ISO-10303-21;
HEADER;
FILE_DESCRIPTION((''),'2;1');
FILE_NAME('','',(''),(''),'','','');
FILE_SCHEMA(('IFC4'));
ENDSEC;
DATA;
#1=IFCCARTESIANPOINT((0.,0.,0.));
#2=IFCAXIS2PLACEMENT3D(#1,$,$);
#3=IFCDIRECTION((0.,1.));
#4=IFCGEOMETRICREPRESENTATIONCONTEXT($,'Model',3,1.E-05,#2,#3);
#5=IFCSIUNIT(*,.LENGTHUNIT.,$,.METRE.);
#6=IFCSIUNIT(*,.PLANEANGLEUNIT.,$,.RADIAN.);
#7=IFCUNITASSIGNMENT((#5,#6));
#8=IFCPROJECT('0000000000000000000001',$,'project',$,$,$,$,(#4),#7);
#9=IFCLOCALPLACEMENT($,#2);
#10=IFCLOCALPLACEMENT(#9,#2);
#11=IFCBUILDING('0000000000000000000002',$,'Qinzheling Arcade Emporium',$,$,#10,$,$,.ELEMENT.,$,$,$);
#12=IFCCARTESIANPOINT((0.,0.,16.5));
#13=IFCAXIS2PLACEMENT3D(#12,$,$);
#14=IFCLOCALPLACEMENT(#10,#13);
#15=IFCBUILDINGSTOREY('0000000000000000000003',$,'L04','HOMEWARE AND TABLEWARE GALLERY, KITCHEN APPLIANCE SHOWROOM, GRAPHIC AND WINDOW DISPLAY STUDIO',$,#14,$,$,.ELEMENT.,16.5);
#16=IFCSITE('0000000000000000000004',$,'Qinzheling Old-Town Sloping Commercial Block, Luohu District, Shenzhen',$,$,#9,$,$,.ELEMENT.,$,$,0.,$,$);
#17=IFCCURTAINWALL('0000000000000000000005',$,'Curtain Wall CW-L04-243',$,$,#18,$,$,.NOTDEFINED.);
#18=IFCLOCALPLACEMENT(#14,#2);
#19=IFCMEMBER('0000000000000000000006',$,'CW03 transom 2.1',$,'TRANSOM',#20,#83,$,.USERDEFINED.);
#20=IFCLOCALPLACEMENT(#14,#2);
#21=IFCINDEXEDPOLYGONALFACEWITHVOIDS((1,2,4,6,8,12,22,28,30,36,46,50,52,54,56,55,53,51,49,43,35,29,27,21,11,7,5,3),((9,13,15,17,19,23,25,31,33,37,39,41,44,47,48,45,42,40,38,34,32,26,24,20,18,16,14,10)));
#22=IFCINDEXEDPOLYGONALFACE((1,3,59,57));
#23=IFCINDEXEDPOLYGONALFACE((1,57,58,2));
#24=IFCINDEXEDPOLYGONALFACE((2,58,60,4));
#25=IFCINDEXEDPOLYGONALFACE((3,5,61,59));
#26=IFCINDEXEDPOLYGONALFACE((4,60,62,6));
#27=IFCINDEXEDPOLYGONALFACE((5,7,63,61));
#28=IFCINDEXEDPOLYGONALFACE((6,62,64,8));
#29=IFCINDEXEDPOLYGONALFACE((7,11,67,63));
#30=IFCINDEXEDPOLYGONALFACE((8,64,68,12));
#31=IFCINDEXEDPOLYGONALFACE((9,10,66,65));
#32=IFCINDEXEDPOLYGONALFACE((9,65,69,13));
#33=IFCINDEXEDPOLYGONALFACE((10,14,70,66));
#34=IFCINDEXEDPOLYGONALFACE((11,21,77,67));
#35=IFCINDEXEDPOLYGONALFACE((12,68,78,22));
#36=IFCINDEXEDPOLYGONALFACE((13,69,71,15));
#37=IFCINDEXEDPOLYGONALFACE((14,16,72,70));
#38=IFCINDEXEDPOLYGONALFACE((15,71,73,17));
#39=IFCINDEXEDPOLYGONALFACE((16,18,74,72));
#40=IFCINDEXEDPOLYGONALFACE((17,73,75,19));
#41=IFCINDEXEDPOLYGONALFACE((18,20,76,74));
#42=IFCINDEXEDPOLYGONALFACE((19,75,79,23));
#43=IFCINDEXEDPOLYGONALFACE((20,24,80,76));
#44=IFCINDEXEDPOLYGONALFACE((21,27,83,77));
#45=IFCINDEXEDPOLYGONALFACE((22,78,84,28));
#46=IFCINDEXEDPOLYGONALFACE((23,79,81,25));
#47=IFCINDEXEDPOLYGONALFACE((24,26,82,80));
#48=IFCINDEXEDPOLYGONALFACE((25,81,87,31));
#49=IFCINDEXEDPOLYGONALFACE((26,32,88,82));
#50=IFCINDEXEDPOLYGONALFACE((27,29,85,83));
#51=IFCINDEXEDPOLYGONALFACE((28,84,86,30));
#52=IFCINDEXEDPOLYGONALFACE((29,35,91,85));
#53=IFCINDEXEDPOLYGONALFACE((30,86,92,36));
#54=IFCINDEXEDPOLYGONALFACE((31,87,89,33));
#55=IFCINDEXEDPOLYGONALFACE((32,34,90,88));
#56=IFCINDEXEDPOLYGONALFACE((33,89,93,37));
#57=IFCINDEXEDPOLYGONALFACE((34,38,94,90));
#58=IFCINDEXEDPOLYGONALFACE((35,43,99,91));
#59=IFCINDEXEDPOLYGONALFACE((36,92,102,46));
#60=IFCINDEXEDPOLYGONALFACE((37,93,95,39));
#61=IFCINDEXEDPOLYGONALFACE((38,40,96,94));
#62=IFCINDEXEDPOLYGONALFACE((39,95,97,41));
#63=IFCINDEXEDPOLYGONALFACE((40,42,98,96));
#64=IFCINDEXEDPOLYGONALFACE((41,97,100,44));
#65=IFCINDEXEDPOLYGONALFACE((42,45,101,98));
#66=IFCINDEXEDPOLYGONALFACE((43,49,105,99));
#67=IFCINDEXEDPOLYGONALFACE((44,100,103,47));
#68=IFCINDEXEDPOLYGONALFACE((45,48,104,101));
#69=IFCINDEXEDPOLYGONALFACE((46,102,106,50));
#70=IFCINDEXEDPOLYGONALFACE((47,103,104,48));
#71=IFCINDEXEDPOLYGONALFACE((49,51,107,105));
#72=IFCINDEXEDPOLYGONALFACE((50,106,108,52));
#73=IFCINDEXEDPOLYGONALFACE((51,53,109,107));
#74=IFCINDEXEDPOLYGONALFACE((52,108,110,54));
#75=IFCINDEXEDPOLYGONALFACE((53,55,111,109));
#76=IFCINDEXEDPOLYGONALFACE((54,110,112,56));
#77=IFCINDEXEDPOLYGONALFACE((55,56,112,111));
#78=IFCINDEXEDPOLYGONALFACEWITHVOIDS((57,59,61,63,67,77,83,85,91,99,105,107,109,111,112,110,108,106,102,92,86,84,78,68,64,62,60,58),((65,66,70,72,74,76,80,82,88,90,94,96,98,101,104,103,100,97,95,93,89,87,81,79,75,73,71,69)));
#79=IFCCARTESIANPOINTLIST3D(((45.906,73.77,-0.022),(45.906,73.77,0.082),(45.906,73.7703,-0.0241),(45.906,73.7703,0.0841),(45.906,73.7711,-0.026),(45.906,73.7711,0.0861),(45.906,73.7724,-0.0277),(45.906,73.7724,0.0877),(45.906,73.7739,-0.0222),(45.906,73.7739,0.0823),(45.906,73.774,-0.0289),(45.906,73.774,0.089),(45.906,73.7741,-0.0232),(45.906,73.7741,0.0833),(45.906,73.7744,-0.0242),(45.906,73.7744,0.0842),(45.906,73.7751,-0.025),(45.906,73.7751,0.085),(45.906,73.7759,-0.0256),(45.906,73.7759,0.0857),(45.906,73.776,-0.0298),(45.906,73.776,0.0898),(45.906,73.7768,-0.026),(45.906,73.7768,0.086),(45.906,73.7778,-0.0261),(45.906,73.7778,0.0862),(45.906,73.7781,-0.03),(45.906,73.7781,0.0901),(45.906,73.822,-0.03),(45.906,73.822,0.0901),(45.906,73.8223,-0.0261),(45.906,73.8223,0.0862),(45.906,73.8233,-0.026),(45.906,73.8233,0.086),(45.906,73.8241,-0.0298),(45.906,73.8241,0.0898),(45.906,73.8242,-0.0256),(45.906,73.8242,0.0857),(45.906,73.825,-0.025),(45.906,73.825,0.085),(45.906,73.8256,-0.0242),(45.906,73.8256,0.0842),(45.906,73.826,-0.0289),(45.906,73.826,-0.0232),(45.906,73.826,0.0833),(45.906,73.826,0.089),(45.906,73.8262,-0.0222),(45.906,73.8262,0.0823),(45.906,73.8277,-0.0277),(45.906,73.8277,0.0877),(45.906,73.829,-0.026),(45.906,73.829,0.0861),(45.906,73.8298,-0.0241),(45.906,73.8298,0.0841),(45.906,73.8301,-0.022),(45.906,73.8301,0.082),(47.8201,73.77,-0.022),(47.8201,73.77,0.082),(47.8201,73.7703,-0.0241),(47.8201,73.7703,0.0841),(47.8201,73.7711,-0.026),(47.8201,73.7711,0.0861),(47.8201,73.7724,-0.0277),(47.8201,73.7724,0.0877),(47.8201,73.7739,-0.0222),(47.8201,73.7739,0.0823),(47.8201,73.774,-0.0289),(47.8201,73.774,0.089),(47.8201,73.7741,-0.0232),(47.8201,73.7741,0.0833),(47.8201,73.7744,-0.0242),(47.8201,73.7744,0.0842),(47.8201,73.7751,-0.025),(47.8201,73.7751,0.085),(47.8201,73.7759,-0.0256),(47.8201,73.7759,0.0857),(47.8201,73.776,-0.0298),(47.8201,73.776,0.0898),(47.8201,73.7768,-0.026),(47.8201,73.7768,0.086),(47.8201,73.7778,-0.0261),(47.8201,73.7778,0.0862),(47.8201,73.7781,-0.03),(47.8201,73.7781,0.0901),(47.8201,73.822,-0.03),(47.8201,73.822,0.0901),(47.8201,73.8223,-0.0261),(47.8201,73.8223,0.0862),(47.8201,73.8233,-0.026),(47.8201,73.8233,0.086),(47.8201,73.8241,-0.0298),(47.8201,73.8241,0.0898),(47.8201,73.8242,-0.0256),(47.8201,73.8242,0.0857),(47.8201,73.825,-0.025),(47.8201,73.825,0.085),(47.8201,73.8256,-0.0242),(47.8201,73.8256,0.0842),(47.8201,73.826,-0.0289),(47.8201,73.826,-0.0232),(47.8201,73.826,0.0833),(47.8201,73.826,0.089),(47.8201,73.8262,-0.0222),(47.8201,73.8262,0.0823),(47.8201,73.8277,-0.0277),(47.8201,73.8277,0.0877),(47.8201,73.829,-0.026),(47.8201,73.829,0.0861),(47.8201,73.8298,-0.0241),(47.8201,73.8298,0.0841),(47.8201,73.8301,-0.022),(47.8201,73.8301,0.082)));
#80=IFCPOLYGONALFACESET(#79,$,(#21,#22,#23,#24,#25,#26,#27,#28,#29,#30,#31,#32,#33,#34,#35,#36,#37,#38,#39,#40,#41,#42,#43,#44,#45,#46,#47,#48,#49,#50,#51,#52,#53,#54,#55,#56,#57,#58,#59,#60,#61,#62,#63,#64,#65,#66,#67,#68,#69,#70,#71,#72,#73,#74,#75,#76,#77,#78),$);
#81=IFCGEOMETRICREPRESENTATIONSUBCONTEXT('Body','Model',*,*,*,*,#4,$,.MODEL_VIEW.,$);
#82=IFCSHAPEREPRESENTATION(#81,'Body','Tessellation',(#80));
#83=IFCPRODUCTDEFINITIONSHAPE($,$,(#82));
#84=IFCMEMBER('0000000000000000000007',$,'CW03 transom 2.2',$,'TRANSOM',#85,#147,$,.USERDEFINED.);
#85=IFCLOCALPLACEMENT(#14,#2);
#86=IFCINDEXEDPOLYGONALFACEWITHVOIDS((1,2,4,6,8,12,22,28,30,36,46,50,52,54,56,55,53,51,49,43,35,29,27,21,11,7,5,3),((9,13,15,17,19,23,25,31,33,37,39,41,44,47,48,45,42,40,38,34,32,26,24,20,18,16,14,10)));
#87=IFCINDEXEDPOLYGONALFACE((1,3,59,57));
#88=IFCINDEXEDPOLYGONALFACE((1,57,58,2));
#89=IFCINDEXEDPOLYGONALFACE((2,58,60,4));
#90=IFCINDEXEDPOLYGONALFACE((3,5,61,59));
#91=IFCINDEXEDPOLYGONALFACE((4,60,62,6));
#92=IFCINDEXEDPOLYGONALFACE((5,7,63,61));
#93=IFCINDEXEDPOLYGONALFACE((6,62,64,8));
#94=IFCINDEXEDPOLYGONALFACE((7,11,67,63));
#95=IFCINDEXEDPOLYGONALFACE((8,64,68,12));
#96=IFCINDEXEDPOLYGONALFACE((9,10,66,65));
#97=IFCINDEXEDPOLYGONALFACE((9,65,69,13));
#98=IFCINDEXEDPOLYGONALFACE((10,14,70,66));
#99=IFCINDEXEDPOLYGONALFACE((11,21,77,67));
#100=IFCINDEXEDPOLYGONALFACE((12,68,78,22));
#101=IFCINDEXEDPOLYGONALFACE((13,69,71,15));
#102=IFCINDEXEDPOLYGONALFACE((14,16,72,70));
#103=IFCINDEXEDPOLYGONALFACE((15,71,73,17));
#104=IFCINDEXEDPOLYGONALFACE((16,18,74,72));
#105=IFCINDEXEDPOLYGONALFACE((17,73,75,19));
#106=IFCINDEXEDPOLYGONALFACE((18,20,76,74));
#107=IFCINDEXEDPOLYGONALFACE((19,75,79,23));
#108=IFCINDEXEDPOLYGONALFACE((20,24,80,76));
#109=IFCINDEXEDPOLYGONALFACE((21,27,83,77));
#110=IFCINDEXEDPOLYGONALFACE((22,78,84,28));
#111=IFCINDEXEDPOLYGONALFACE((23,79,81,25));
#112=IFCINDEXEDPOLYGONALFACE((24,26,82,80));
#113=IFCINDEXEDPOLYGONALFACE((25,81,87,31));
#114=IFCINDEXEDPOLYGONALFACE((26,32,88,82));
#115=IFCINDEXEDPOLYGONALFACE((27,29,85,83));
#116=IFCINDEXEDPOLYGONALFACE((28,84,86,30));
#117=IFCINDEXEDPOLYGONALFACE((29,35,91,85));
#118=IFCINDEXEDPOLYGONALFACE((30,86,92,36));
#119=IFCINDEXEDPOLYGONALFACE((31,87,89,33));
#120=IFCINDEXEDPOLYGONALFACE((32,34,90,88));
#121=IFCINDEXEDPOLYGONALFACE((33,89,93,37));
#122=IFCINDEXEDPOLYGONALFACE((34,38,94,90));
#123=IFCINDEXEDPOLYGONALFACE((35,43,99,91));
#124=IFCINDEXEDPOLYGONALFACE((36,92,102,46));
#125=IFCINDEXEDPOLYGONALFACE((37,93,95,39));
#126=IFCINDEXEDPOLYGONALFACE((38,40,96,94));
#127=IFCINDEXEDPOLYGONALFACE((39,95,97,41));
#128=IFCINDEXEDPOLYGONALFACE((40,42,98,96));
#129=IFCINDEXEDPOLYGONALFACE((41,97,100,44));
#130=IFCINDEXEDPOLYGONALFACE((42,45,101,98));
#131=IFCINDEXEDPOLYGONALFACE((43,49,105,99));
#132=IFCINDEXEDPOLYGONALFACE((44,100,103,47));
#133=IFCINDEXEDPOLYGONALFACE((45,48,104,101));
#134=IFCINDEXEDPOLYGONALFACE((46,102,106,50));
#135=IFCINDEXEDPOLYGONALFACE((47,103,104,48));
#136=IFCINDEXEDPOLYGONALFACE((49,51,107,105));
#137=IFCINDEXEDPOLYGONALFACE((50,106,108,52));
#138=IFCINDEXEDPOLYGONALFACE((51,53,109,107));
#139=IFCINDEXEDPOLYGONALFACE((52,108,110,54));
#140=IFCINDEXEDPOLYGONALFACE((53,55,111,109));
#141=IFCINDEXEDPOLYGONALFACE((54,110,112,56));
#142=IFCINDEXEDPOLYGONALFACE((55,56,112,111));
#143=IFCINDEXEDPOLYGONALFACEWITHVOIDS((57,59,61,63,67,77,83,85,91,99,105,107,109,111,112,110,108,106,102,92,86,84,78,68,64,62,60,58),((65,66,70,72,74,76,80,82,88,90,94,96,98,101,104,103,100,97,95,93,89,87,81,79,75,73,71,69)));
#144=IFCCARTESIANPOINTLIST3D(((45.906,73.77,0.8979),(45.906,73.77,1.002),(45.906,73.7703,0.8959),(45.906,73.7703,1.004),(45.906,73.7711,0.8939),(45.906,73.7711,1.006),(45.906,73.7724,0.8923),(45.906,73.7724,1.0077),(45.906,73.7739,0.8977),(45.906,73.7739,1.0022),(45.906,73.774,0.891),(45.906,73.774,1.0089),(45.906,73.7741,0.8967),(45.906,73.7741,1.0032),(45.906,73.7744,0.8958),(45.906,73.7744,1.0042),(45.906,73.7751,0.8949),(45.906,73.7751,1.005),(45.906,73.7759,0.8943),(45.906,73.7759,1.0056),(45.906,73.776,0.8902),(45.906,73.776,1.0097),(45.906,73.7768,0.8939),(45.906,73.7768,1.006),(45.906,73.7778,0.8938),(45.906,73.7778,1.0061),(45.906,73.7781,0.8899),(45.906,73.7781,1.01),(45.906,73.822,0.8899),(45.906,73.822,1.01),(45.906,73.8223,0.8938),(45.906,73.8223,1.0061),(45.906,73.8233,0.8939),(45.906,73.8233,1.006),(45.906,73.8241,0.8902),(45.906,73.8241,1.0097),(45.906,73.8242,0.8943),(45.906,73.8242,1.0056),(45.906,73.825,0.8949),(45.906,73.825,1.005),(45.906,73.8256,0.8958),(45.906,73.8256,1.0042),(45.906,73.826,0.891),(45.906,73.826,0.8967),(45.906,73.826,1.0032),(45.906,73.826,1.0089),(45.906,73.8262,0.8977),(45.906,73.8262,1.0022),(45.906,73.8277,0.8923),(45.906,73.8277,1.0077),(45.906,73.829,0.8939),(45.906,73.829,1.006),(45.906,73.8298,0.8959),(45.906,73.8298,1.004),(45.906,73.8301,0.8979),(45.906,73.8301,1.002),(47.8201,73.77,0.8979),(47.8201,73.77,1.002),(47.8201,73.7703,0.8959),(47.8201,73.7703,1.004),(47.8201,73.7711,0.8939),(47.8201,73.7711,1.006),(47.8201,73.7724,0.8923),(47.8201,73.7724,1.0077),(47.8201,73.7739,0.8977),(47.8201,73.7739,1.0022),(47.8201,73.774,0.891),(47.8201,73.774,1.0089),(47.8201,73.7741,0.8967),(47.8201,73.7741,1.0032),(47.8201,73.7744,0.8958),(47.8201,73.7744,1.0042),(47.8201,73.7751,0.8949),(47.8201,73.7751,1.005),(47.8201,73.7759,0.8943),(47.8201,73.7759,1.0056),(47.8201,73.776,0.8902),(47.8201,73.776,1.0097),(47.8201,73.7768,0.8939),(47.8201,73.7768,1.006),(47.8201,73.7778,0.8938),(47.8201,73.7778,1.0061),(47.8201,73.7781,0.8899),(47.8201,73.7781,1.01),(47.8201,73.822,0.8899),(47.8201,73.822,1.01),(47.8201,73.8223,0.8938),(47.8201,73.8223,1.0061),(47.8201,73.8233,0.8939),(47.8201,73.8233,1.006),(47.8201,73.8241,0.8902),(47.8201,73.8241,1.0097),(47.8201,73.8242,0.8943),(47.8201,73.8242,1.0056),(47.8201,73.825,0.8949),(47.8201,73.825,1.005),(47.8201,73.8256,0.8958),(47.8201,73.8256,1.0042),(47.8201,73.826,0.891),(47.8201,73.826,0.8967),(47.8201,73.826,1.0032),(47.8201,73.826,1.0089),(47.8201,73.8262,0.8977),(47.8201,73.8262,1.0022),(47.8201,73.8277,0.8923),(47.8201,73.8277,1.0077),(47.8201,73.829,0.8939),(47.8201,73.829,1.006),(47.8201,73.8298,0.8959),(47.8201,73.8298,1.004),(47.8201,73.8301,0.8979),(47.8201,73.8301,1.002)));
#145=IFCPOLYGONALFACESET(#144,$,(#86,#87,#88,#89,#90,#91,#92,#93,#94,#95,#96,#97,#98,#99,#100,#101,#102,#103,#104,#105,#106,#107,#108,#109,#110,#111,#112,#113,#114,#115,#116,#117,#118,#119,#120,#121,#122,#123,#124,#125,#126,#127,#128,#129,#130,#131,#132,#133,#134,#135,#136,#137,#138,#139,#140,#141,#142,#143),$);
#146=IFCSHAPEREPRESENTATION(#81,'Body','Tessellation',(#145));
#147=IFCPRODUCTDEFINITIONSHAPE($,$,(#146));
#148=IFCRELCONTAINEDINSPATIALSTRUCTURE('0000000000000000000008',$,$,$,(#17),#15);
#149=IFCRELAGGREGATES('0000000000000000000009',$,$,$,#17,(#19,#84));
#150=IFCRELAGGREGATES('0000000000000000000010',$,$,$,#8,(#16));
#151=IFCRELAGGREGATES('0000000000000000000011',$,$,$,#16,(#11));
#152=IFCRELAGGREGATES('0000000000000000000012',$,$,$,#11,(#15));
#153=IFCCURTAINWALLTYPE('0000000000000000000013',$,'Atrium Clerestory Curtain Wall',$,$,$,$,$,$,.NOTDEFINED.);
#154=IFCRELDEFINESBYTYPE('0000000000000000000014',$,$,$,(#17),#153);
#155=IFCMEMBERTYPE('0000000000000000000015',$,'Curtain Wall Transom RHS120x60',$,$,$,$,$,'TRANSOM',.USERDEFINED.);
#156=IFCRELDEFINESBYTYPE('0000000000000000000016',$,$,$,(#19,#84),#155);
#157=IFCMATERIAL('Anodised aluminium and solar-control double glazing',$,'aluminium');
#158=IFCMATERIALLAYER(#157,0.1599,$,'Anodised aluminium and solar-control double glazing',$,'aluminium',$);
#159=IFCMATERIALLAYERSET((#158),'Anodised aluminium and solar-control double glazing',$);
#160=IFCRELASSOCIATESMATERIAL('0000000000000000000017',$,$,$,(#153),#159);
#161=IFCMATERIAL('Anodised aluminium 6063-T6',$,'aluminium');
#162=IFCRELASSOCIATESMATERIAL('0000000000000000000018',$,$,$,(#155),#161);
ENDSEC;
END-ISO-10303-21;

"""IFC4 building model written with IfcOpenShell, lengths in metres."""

from ifc_helpers import new_model, si_unit, direction, frame, origin, origin_2d, place, context, subcontext, project, spatial, hollow_rectangle, extrude, material, layer, layer_set, material_profile, profile_set, type_object, element, aggregate, save


model = new_model("IFC4")

# Units and contexts
model_context = context("Model", 3, precision=1e-05, world=origin(), true_north=direction((0.0, 1.0)))
body_context = subcontext(model_context, "Body", "Model", "MODEL_VIEW")
ifc_project = project(units=[si_unit("LENGTHUNIT", "METRE"), si_unit("PLANEANGLEUNIT", "RADIAN")], contexts=[model_context])

# Site, building, storey
site_placement = place(None, origin())
site = spatial("IfcSite", under=ifc_project, at=site_placement, Name="Qinzheling Old-Town Sloping Commercial Block, Luohu District, Shenzhen", CompositionType="ELEMENT", RefElevation=0.0)
building_placement = place(site_placement, origin())
building = spatial("IfcBuilding", under=site, at=building_placement, Name="Qinzheling Arcade Emporium", CompositionType="ELEMENT")
storey_placement = place(building_placement, frame((0.0, 0.0, 16.5)))
storey = spatial("IfcBuildingStorey", under=building, at=storey_placement, Name="L04", Description="HOMEWARE AND TABLEWARE GALLERY, KITCHEN APPLIANCE SHOWROOM, GRAPHIC AND WINDOW DISPLAY STUDIO", CompositionType="ELEMENT", Elevation=16.5)

# Curtain wall, members
ifc_material_1 = material(Name="Anodised aluminium and solar-control double glazing", Category="aluminium")
ifc_layer_1 = layer(ifc_material_1, 0.1599, Name="Anodised aluminium and solar-control double glazing", Category="aluminium")
ifc_layer_set_1 = layer_set([ifc_layer_1], Name="Anodised aluminium and solar-control double glazing")
curtain_wall_type = type_object("IfcCurtainWallType", Name="Atrium Clerestory Curtain Wall", PredefinedType="NOTDEFINED", material=ifc_layer_set_1)
curtain_wall_placement = place(storey_placement, origin())
curtain_wall = element("IfcCurtainWall", 1, at=curtain_wall_placement, inside=storey, type_object=curtain_wall_type, Name="Curtain Wall CW-L04-243", PredefinedType="NOTDEFINED")
ifc_material_2 = material(Name="Anodised aluminium 6063-T6", Category="aluminium")
ifc_material_profile_1 = material_profile(ifc_material_2, hollow_rectangle(XDim=0.0601, YDim=0.1201, WallThickness=0.0039, InnerFilletRadius=0.0039, OuterFilletRadius=0.0081, at=origin_2d()), Name="RHS 120x60x4", Category="aluminium")
ifc_profile_set_1 = profile_set([ifc_material_profile_1], Name="Anodised aluminium 6063-T6")
member_type_1 = type_object("IfcMemberType", Name="Curtain Wall Transom RHS120x60", ElementType="TRANSOM", PredefinedType="USERDEFINED", material=ifc_profile_set_1)
member_1_placement = place(storey_placement, frame((45.906, 73.8, 0.03), z_axis=(1.0, 0.0, 0.0), x_axis=(0.0, 1.0, 0.0)))
member_1 = element("IfcMember", 2, at=member_1_placement, type_object=member_type_1, Name="CW03 transom 2.1", ObjectType="TRANSOM", PredefinedType="USERDEFINED", context=body_context, shape_type="SweptSolid", body=[
    extrude(hollow_rectangle(XDim=0.0601, YDim=0.1201, WallThickness=0.0039, InnerFilletRadius=0.0039, OuterFilletRadius=0.0081, at=origin_2d()), origin(), (0.0, 0.0, 1.0), 1.9141),
])
member_2_placement = place(storey_placement, frame((45.906, 73.8, 0.95), z_axis=(1.0, 0.0, 0.0), x_axis=(0.0, 1.0, 0.0)))
member_2 = element("IfcMember", 3, at=member_2_placement, type_object=member_type_1, Name="CW03 transom 2.2", ObjectType="TRANSOM", PredefinedType="USERDEFINED", context=body_context, shape_type="SweptSolid", body=[
    extrude(hollow_rectangle(XDim=0.0601, YDim=0.1201, WallThickness=0.0039, InnerFilletRadius=0.0039, OuterFilletRadius=0.0081, at=origin_2d()), origin(), (0.0, 0.0, 1.0), 1.9141),
])

aggregate(curtain_wall, [member_1, member_2])

save(model, "model.ifc")
